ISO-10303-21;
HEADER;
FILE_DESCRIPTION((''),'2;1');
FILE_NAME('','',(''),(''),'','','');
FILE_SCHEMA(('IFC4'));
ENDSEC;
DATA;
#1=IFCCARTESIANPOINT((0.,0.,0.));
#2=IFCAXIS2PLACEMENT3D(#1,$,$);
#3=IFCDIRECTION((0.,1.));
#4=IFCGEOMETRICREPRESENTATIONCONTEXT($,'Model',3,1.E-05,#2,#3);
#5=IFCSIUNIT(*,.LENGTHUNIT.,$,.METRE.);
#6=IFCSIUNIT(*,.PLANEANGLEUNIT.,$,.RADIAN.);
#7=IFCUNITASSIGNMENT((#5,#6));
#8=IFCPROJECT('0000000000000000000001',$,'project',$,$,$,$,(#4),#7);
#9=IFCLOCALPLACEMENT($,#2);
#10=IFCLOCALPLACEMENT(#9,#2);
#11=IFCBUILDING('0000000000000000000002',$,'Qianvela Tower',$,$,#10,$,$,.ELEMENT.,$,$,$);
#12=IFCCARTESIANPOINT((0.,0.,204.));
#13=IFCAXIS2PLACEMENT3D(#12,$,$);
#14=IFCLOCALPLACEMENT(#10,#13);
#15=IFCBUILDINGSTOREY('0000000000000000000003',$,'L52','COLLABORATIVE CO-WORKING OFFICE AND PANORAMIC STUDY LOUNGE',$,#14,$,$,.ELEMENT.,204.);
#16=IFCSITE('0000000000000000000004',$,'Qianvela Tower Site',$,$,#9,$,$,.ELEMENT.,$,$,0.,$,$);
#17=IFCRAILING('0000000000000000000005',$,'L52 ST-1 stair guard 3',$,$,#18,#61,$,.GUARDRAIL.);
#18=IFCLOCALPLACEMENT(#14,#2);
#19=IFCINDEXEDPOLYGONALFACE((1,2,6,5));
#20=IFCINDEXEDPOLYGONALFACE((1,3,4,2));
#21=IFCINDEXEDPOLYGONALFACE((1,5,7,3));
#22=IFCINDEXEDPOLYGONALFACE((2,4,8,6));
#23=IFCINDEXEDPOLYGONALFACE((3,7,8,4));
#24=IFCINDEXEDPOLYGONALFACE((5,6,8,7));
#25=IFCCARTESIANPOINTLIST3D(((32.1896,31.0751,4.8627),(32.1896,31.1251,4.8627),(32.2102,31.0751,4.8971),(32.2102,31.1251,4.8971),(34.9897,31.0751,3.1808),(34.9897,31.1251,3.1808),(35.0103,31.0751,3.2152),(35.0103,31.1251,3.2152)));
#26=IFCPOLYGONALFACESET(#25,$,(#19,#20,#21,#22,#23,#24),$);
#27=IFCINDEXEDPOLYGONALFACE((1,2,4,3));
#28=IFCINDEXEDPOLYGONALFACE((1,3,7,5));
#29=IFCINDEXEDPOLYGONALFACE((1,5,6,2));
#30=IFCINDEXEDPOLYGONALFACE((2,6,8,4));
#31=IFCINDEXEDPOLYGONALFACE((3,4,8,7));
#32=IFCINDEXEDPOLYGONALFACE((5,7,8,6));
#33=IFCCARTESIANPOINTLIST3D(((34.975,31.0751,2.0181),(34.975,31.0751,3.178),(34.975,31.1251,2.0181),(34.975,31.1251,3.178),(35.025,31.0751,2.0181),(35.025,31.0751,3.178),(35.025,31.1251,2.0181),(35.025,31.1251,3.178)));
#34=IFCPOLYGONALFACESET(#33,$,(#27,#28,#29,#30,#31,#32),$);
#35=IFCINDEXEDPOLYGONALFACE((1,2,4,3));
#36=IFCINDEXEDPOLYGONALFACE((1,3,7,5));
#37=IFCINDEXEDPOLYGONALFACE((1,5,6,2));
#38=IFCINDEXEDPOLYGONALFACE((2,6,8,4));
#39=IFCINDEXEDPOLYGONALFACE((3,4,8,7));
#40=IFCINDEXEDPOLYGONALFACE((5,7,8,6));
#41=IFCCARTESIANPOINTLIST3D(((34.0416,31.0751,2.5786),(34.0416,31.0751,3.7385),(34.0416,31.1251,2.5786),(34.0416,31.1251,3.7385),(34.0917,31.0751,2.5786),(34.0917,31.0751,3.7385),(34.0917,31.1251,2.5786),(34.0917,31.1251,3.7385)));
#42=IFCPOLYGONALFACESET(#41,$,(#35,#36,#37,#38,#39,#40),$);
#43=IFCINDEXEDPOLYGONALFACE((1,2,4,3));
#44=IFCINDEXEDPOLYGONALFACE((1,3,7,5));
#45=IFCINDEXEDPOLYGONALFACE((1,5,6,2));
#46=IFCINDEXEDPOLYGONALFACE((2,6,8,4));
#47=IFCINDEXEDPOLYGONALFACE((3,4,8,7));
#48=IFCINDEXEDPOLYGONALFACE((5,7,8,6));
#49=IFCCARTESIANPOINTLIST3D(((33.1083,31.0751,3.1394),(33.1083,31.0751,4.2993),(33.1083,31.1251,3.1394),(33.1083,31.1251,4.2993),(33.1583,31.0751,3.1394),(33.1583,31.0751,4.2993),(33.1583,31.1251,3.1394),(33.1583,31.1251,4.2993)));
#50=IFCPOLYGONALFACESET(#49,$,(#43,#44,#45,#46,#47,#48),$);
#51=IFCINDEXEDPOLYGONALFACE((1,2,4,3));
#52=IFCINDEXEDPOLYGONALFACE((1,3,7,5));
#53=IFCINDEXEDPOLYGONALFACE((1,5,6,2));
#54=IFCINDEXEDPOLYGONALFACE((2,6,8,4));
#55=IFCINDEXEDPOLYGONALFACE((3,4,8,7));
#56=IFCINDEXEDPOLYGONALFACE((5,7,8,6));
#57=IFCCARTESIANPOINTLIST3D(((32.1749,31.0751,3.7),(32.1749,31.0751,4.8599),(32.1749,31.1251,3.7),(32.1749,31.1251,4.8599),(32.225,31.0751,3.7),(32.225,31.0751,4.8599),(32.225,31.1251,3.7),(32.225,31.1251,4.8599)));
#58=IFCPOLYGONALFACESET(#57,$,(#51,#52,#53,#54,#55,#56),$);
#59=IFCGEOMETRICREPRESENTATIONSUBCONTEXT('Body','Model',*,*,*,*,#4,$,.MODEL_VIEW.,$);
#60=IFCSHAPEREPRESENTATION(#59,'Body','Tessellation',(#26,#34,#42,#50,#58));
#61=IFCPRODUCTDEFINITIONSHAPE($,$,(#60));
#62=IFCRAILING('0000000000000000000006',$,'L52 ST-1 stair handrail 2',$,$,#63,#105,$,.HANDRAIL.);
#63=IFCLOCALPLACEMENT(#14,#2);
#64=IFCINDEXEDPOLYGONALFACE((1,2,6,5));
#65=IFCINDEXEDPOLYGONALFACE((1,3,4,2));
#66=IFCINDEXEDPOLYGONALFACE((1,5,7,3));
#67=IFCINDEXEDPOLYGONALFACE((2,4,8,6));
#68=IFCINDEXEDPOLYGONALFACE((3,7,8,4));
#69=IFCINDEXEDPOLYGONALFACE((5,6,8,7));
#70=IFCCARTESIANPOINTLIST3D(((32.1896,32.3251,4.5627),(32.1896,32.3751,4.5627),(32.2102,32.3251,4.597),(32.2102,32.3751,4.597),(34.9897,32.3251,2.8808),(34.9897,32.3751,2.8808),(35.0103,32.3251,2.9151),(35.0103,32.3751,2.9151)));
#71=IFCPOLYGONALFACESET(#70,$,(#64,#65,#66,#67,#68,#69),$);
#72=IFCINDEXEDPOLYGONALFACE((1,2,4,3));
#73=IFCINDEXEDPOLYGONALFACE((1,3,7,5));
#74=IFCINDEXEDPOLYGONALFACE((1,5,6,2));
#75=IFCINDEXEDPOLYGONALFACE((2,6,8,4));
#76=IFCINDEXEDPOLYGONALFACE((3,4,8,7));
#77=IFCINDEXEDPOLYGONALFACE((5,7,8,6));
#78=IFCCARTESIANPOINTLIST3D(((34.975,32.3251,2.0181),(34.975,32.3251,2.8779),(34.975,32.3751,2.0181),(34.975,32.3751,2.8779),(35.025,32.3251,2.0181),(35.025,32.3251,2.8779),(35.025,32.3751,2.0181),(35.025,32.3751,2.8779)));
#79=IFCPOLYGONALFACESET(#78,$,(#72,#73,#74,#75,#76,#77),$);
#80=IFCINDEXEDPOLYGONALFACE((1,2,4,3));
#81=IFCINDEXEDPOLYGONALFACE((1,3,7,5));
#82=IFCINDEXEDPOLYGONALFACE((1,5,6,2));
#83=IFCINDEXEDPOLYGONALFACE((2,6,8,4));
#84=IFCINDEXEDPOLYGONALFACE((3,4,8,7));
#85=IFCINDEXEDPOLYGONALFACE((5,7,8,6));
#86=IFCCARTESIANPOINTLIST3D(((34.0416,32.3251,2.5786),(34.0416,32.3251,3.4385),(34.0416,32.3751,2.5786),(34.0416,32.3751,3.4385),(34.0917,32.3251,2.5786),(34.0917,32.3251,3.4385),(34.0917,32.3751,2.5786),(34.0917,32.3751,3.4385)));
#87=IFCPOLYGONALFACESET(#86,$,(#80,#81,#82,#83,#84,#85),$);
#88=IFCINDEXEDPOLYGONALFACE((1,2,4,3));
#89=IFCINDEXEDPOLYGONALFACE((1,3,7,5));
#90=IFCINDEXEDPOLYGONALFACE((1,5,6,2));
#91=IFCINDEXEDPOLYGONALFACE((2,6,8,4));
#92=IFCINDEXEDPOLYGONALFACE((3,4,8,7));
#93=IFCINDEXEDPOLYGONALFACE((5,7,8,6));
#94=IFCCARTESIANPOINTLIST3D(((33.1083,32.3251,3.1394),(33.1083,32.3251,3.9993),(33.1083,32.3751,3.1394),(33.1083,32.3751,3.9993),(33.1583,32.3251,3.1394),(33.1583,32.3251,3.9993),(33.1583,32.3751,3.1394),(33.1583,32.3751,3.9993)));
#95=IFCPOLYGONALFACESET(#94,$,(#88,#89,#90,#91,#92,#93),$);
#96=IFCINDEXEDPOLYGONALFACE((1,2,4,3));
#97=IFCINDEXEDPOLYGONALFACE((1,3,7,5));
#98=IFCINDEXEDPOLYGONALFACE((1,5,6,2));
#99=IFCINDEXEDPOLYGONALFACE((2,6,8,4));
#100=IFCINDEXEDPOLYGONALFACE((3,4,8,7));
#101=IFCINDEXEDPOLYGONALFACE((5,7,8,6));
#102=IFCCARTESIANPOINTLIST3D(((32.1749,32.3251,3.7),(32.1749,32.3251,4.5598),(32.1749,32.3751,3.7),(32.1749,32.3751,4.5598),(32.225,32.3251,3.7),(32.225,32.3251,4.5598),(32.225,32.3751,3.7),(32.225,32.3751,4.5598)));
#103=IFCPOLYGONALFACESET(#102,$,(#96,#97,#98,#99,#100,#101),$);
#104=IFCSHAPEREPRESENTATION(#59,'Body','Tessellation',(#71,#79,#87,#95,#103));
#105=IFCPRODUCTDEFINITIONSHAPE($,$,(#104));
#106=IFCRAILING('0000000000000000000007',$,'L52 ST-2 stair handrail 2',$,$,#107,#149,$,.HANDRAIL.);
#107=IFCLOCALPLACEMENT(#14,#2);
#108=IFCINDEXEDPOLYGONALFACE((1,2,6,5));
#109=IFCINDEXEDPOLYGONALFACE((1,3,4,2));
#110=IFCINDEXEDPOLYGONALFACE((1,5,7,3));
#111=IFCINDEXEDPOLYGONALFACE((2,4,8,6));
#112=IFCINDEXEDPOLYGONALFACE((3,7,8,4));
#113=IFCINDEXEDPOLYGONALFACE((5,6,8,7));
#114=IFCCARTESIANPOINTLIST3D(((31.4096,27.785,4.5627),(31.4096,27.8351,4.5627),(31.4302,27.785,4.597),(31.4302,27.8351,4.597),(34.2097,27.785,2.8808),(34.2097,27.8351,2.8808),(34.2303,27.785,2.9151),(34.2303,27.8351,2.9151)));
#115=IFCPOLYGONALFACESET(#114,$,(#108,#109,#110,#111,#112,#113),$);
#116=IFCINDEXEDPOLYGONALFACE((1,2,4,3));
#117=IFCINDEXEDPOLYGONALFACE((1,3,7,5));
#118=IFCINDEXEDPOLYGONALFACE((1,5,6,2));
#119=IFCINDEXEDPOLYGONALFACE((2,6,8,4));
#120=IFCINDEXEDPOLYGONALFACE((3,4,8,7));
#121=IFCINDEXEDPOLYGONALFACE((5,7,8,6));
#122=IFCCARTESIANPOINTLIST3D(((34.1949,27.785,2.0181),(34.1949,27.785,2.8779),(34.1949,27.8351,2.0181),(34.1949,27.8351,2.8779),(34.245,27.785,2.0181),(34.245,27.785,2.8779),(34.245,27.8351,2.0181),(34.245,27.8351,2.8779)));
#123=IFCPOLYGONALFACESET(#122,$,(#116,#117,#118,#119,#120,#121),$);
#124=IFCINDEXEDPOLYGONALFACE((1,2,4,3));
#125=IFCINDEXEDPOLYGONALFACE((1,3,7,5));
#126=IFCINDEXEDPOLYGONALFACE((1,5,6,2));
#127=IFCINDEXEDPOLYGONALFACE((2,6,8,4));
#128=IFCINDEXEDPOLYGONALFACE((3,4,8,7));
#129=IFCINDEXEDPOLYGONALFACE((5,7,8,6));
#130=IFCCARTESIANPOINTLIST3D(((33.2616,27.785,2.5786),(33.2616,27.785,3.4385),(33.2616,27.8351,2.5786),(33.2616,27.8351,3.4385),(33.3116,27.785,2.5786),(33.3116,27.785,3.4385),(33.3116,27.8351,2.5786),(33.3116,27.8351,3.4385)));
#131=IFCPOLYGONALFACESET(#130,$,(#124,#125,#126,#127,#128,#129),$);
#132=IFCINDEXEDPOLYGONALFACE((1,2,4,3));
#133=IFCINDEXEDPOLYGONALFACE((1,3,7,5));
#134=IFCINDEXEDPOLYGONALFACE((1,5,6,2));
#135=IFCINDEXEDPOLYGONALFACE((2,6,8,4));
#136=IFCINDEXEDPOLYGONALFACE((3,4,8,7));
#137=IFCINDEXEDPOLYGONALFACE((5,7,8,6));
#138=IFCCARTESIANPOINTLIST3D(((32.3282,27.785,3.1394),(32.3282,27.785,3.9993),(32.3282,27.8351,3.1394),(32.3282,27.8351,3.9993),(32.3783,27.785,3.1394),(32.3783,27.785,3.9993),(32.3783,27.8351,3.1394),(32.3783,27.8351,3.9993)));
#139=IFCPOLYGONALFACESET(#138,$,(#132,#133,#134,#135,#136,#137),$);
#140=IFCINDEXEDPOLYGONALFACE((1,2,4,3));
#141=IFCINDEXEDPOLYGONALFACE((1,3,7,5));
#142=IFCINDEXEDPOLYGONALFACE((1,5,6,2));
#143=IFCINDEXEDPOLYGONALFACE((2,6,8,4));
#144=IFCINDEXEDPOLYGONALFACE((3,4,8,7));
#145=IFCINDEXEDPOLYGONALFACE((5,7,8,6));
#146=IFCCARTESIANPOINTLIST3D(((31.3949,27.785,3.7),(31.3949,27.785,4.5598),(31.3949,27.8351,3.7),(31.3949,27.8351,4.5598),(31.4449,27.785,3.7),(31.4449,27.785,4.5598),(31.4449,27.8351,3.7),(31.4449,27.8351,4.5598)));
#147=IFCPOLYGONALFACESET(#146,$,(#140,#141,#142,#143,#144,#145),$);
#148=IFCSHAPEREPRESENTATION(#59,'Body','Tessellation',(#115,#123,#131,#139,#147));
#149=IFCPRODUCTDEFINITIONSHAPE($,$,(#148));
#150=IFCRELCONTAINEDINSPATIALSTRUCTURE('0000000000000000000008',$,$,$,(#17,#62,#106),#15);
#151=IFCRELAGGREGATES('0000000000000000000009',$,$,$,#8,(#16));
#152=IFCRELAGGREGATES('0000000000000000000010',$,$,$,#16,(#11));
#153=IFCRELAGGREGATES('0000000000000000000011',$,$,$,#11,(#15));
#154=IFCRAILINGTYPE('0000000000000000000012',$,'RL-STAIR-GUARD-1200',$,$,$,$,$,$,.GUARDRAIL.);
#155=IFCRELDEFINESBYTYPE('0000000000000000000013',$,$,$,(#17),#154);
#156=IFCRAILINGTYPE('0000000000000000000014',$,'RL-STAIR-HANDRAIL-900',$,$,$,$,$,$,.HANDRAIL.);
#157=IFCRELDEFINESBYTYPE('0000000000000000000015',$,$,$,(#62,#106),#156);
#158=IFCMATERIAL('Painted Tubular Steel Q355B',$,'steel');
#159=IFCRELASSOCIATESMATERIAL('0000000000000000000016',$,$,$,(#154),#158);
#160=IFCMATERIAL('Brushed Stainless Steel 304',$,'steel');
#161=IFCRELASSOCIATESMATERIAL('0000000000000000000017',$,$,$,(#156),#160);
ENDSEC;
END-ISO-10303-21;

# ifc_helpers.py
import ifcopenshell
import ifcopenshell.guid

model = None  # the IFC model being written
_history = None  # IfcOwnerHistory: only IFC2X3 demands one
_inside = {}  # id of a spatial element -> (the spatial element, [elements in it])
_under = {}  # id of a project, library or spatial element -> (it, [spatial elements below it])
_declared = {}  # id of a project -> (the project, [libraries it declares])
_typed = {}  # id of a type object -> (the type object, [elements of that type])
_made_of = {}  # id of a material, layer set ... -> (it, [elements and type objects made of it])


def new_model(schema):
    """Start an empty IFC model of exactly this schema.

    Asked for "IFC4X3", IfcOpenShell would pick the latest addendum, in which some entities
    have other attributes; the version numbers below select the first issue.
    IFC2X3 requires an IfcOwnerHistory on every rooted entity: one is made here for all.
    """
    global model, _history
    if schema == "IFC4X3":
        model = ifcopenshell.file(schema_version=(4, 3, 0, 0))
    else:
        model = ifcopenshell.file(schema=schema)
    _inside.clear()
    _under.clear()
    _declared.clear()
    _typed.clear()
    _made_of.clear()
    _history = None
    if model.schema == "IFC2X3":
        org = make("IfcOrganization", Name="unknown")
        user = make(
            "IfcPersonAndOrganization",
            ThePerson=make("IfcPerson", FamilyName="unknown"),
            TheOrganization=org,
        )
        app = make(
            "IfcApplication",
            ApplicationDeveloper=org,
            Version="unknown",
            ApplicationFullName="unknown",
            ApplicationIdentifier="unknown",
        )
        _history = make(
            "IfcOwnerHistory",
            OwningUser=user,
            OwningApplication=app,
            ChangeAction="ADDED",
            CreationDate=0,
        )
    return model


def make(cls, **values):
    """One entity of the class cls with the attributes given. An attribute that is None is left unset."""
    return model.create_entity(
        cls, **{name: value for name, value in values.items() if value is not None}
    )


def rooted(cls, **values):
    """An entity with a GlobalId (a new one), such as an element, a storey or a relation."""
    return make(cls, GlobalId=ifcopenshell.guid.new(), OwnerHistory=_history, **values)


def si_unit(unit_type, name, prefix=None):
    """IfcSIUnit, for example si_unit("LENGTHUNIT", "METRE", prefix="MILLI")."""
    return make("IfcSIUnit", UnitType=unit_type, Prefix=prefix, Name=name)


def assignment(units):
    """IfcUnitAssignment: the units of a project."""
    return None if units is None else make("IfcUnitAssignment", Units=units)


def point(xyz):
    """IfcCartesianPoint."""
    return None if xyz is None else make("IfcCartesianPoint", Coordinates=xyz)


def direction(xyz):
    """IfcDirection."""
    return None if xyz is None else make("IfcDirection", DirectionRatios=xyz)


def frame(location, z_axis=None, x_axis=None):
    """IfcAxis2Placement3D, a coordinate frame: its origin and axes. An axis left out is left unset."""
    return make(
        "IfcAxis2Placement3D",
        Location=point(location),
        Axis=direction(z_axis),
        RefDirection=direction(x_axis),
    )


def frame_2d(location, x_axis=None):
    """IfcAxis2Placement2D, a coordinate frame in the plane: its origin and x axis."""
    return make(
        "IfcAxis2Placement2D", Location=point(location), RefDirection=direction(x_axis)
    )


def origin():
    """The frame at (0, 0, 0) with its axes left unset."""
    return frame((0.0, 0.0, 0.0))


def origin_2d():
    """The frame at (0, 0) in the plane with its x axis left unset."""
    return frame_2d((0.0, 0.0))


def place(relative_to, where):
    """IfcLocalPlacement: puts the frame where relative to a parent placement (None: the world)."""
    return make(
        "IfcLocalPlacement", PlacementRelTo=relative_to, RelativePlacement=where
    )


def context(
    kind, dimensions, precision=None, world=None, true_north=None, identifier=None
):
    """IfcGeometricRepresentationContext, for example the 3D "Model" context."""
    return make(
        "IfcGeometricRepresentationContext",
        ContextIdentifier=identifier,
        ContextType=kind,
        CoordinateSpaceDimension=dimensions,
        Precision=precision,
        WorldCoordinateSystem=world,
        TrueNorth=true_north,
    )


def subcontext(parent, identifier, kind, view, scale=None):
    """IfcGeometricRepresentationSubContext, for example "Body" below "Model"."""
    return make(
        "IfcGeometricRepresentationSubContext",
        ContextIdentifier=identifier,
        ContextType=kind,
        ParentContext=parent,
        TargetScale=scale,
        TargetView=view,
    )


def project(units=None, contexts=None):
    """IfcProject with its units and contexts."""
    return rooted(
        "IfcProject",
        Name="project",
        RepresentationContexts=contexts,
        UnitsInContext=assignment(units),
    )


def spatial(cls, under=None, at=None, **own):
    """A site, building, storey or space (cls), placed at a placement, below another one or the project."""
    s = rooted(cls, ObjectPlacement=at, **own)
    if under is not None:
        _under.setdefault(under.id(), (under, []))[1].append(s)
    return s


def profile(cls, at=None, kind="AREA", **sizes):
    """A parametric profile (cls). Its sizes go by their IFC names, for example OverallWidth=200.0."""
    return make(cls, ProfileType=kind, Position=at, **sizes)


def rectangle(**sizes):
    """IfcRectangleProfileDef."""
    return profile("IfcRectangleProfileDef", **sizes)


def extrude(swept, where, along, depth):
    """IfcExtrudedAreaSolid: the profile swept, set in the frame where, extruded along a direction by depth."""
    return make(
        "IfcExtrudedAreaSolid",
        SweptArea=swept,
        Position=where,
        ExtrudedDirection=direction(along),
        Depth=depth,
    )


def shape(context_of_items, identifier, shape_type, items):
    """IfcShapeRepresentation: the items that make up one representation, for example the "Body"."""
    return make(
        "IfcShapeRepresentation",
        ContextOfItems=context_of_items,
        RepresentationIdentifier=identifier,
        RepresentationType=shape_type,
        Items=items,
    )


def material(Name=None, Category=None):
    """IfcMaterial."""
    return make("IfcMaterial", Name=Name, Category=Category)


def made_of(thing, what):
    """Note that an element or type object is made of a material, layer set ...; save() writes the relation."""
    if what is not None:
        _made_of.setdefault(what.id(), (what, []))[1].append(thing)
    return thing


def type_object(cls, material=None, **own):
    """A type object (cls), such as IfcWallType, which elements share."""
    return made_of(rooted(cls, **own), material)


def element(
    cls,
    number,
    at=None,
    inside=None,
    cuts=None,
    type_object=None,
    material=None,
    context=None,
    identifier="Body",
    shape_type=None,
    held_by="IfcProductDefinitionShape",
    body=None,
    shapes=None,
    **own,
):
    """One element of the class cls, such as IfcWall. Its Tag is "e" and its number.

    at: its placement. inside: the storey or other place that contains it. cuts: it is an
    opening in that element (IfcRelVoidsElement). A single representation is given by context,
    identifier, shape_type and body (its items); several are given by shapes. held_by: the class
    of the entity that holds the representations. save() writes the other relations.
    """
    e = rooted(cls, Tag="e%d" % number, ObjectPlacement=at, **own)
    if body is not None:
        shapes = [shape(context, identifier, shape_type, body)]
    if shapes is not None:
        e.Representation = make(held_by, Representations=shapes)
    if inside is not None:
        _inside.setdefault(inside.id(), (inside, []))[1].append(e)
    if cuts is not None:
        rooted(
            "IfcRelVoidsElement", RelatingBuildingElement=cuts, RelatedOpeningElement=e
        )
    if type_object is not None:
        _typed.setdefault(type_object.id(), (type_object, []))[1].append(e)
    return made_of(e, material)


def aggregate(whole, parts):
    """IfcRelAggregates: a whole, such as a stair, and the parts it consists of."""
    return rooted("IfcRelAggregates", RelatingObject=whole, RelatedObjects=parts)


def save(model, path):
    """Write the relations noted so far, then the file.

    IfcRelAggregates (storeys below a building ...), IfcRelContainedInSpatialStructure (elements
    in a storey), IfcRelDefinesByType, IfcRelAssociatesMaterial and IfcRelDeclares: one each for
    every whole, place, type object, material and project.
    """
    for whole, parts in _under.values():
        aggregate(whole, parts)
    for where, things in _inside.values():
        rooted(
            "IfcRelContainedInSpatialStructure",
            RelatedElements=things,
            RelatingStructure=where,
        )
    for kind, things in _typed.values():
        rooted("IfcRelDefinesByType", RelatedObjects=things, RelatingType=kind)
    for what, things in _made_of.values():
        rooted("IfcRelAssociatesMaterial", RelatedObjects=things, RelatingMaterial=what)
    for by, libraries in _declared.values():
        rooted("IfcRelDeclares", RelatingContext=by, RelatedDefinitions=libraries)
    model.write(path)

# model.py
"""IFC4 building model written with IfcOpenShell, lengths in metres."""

from ifc_helpers import new_model, si_unit, direction, frame, origin, origin_2d, place, context, subcontext, project, spatial, rectangle, extrude, material, type_object, element, save


model = new_model("IFC4")

# Units and contexts
model_context = context("Model", 3, precision=1e-05, world=origin(), true_north=direction((0.0, 1.0)))
body_context = subcontext(model_context, "Body", "Model", "MODEL_VIEW")
ifc_project = project(units=[si_unit("LENGTHUNIT", "METRE"), si_unit("PLANEANGLEUNIT", "RADIAN")], contexts=[model_context])

# Site, building, storey
site_placement = place(None, origin())
site = spatial("IfcSite", under=ifc_project, at=site_placement, Name="Qianvela Tower Site", CompositionType="ELEMENT", RefElevation=0.0)
building_placement = place(site_placement, origin())
building = spatial("IfcBuilding", under=site, at=building_placement, Name="Qianvela Tower", CompositionType="ELEMENT")
storey_placement = place(building_placement, frame((0.0, 0.0, 204.0)))
storey = spatial("IfcBuildingStorey", under=building, at=storey_placement, Name="L52", Description="COLLABORATIVE CO-WORKING OFFICE AND PANORAMIC STUDY LOUNGE", CompositionType="ELEMENT", Elevation=204.0)

# Railings
ifc_material_1 = material(Name="Painted Tubular Steel Q355B", Category="steel")
railing_type_1 = type_object("IfcRailingType", Name="RL-STAIR-GUARD-1200", PredefinedType="GUARDRAIL", material=ifc_material_1)
railing_1_placement = place(storey_placement, frame((35.0, 31.1001, 2.0181)))
element("IfcRailing", 1, at=railing_1_placement, inside=storey, type_object=railing_type_1, Name="L52 ST-1 stair guard 3", PredefinedType="GUARDRAIL", context=body_context, shape_type="SweptSolid", body=[
    extrude(rectangle(XDim=0.05, YDim=0.04, at=origin_2d()), frame((0.0, 0.0, 1.1799), z_axis=(-0.857242, 0.0, 0.514913), x_axis=(0.0, -1.0, 0.0)), (0.0, 0.0, 1.0), 3.2664),
    extrude(rectangle(XDim=0.05, YDim=0.05, at=origin_2d()), origin(), (0.0, 0.0, 1.0), 1.1599),
    extrude(rectangle(XDim=0.05, YDim=0.05, at=origin_2d()), frame((-0.9333, 0.0, 0.5605)), (0.0, 0.0, 1.0), 1.1599),
    extrude(rectangle(XDim=0.05, YDim=0.05, at=origin_2d()), frame((-1.8667, 0.0, 1.1213)), (0.0, 0.0, 1.0), 1.1599),
    extrude(rectangle(XDim=0.05, YDim=0.05, at=origin_2d()), frame((-2.8, 0.0, 1.6819)), (0.0, 0.0, 1.0), 1.1599),
])
ifc_material_2 = material(Name="Brushed Stainless Steel 304", Category="steel")
railing_type_2 = type_object("IfcRailingType", Name="RL-STAIR-HANDRAIL-900", PredefinedType="HANDRAIL", material=ifc_material_2)
for number, where, name in (
    (2, (35.0, 32.3501, 2.0181), "L52 ST-1 stair handrail 2"),
    (3, (34.22, 27.8101, 2.0181), "L52 ST-2 stair handrail 2"),
):
    element("IfcRailing", number, at=place(storey_placement, frame(where)), inside=storey, type_object=railing_type_2, Name=name, PredefinedType="HANDRAIL", context=body_context, shape_type="SweptSolid", body=[
        extrude(rectangle(XDim=0.05, YDim=0.04, at=origin_2d()), frame((0.0, 0.0, 0.8799), z_axis=(-0.857242, 0.0, 0.514913), x_axis=(0.0, -1.0, 0.0)), (0.0, 0.0, 1.0), 3.2664),
        extrude(rectangle(XDim=0.05, YDim=0.05, at=origin_2d()), origin(), (0.0, 0.0, 1.0), 0.8599),
        extrude(rectangle(XDim=0.05, YDim=0.05, at=origin_2d()), frame((-0.9333, 0.0, 0.5605)), (0.0, 0.0, 1.0), 0.8599),
        extrude(rectangle(XDim=0.05, YDim=0.05, at=origin_2d()), frame((-1.8667, 0.0, 1.1213)), (0.0, 0.0, 1.0), 0.8599),
        extrude(rectangle(XDim=0.05, YDim=0.05, at=origin_2d()), frame((-2.8, 0.0, 1.6819)), (0.0, 0.0, 1.0), 0.8599),
    ])

save(model, "model.ifc")
